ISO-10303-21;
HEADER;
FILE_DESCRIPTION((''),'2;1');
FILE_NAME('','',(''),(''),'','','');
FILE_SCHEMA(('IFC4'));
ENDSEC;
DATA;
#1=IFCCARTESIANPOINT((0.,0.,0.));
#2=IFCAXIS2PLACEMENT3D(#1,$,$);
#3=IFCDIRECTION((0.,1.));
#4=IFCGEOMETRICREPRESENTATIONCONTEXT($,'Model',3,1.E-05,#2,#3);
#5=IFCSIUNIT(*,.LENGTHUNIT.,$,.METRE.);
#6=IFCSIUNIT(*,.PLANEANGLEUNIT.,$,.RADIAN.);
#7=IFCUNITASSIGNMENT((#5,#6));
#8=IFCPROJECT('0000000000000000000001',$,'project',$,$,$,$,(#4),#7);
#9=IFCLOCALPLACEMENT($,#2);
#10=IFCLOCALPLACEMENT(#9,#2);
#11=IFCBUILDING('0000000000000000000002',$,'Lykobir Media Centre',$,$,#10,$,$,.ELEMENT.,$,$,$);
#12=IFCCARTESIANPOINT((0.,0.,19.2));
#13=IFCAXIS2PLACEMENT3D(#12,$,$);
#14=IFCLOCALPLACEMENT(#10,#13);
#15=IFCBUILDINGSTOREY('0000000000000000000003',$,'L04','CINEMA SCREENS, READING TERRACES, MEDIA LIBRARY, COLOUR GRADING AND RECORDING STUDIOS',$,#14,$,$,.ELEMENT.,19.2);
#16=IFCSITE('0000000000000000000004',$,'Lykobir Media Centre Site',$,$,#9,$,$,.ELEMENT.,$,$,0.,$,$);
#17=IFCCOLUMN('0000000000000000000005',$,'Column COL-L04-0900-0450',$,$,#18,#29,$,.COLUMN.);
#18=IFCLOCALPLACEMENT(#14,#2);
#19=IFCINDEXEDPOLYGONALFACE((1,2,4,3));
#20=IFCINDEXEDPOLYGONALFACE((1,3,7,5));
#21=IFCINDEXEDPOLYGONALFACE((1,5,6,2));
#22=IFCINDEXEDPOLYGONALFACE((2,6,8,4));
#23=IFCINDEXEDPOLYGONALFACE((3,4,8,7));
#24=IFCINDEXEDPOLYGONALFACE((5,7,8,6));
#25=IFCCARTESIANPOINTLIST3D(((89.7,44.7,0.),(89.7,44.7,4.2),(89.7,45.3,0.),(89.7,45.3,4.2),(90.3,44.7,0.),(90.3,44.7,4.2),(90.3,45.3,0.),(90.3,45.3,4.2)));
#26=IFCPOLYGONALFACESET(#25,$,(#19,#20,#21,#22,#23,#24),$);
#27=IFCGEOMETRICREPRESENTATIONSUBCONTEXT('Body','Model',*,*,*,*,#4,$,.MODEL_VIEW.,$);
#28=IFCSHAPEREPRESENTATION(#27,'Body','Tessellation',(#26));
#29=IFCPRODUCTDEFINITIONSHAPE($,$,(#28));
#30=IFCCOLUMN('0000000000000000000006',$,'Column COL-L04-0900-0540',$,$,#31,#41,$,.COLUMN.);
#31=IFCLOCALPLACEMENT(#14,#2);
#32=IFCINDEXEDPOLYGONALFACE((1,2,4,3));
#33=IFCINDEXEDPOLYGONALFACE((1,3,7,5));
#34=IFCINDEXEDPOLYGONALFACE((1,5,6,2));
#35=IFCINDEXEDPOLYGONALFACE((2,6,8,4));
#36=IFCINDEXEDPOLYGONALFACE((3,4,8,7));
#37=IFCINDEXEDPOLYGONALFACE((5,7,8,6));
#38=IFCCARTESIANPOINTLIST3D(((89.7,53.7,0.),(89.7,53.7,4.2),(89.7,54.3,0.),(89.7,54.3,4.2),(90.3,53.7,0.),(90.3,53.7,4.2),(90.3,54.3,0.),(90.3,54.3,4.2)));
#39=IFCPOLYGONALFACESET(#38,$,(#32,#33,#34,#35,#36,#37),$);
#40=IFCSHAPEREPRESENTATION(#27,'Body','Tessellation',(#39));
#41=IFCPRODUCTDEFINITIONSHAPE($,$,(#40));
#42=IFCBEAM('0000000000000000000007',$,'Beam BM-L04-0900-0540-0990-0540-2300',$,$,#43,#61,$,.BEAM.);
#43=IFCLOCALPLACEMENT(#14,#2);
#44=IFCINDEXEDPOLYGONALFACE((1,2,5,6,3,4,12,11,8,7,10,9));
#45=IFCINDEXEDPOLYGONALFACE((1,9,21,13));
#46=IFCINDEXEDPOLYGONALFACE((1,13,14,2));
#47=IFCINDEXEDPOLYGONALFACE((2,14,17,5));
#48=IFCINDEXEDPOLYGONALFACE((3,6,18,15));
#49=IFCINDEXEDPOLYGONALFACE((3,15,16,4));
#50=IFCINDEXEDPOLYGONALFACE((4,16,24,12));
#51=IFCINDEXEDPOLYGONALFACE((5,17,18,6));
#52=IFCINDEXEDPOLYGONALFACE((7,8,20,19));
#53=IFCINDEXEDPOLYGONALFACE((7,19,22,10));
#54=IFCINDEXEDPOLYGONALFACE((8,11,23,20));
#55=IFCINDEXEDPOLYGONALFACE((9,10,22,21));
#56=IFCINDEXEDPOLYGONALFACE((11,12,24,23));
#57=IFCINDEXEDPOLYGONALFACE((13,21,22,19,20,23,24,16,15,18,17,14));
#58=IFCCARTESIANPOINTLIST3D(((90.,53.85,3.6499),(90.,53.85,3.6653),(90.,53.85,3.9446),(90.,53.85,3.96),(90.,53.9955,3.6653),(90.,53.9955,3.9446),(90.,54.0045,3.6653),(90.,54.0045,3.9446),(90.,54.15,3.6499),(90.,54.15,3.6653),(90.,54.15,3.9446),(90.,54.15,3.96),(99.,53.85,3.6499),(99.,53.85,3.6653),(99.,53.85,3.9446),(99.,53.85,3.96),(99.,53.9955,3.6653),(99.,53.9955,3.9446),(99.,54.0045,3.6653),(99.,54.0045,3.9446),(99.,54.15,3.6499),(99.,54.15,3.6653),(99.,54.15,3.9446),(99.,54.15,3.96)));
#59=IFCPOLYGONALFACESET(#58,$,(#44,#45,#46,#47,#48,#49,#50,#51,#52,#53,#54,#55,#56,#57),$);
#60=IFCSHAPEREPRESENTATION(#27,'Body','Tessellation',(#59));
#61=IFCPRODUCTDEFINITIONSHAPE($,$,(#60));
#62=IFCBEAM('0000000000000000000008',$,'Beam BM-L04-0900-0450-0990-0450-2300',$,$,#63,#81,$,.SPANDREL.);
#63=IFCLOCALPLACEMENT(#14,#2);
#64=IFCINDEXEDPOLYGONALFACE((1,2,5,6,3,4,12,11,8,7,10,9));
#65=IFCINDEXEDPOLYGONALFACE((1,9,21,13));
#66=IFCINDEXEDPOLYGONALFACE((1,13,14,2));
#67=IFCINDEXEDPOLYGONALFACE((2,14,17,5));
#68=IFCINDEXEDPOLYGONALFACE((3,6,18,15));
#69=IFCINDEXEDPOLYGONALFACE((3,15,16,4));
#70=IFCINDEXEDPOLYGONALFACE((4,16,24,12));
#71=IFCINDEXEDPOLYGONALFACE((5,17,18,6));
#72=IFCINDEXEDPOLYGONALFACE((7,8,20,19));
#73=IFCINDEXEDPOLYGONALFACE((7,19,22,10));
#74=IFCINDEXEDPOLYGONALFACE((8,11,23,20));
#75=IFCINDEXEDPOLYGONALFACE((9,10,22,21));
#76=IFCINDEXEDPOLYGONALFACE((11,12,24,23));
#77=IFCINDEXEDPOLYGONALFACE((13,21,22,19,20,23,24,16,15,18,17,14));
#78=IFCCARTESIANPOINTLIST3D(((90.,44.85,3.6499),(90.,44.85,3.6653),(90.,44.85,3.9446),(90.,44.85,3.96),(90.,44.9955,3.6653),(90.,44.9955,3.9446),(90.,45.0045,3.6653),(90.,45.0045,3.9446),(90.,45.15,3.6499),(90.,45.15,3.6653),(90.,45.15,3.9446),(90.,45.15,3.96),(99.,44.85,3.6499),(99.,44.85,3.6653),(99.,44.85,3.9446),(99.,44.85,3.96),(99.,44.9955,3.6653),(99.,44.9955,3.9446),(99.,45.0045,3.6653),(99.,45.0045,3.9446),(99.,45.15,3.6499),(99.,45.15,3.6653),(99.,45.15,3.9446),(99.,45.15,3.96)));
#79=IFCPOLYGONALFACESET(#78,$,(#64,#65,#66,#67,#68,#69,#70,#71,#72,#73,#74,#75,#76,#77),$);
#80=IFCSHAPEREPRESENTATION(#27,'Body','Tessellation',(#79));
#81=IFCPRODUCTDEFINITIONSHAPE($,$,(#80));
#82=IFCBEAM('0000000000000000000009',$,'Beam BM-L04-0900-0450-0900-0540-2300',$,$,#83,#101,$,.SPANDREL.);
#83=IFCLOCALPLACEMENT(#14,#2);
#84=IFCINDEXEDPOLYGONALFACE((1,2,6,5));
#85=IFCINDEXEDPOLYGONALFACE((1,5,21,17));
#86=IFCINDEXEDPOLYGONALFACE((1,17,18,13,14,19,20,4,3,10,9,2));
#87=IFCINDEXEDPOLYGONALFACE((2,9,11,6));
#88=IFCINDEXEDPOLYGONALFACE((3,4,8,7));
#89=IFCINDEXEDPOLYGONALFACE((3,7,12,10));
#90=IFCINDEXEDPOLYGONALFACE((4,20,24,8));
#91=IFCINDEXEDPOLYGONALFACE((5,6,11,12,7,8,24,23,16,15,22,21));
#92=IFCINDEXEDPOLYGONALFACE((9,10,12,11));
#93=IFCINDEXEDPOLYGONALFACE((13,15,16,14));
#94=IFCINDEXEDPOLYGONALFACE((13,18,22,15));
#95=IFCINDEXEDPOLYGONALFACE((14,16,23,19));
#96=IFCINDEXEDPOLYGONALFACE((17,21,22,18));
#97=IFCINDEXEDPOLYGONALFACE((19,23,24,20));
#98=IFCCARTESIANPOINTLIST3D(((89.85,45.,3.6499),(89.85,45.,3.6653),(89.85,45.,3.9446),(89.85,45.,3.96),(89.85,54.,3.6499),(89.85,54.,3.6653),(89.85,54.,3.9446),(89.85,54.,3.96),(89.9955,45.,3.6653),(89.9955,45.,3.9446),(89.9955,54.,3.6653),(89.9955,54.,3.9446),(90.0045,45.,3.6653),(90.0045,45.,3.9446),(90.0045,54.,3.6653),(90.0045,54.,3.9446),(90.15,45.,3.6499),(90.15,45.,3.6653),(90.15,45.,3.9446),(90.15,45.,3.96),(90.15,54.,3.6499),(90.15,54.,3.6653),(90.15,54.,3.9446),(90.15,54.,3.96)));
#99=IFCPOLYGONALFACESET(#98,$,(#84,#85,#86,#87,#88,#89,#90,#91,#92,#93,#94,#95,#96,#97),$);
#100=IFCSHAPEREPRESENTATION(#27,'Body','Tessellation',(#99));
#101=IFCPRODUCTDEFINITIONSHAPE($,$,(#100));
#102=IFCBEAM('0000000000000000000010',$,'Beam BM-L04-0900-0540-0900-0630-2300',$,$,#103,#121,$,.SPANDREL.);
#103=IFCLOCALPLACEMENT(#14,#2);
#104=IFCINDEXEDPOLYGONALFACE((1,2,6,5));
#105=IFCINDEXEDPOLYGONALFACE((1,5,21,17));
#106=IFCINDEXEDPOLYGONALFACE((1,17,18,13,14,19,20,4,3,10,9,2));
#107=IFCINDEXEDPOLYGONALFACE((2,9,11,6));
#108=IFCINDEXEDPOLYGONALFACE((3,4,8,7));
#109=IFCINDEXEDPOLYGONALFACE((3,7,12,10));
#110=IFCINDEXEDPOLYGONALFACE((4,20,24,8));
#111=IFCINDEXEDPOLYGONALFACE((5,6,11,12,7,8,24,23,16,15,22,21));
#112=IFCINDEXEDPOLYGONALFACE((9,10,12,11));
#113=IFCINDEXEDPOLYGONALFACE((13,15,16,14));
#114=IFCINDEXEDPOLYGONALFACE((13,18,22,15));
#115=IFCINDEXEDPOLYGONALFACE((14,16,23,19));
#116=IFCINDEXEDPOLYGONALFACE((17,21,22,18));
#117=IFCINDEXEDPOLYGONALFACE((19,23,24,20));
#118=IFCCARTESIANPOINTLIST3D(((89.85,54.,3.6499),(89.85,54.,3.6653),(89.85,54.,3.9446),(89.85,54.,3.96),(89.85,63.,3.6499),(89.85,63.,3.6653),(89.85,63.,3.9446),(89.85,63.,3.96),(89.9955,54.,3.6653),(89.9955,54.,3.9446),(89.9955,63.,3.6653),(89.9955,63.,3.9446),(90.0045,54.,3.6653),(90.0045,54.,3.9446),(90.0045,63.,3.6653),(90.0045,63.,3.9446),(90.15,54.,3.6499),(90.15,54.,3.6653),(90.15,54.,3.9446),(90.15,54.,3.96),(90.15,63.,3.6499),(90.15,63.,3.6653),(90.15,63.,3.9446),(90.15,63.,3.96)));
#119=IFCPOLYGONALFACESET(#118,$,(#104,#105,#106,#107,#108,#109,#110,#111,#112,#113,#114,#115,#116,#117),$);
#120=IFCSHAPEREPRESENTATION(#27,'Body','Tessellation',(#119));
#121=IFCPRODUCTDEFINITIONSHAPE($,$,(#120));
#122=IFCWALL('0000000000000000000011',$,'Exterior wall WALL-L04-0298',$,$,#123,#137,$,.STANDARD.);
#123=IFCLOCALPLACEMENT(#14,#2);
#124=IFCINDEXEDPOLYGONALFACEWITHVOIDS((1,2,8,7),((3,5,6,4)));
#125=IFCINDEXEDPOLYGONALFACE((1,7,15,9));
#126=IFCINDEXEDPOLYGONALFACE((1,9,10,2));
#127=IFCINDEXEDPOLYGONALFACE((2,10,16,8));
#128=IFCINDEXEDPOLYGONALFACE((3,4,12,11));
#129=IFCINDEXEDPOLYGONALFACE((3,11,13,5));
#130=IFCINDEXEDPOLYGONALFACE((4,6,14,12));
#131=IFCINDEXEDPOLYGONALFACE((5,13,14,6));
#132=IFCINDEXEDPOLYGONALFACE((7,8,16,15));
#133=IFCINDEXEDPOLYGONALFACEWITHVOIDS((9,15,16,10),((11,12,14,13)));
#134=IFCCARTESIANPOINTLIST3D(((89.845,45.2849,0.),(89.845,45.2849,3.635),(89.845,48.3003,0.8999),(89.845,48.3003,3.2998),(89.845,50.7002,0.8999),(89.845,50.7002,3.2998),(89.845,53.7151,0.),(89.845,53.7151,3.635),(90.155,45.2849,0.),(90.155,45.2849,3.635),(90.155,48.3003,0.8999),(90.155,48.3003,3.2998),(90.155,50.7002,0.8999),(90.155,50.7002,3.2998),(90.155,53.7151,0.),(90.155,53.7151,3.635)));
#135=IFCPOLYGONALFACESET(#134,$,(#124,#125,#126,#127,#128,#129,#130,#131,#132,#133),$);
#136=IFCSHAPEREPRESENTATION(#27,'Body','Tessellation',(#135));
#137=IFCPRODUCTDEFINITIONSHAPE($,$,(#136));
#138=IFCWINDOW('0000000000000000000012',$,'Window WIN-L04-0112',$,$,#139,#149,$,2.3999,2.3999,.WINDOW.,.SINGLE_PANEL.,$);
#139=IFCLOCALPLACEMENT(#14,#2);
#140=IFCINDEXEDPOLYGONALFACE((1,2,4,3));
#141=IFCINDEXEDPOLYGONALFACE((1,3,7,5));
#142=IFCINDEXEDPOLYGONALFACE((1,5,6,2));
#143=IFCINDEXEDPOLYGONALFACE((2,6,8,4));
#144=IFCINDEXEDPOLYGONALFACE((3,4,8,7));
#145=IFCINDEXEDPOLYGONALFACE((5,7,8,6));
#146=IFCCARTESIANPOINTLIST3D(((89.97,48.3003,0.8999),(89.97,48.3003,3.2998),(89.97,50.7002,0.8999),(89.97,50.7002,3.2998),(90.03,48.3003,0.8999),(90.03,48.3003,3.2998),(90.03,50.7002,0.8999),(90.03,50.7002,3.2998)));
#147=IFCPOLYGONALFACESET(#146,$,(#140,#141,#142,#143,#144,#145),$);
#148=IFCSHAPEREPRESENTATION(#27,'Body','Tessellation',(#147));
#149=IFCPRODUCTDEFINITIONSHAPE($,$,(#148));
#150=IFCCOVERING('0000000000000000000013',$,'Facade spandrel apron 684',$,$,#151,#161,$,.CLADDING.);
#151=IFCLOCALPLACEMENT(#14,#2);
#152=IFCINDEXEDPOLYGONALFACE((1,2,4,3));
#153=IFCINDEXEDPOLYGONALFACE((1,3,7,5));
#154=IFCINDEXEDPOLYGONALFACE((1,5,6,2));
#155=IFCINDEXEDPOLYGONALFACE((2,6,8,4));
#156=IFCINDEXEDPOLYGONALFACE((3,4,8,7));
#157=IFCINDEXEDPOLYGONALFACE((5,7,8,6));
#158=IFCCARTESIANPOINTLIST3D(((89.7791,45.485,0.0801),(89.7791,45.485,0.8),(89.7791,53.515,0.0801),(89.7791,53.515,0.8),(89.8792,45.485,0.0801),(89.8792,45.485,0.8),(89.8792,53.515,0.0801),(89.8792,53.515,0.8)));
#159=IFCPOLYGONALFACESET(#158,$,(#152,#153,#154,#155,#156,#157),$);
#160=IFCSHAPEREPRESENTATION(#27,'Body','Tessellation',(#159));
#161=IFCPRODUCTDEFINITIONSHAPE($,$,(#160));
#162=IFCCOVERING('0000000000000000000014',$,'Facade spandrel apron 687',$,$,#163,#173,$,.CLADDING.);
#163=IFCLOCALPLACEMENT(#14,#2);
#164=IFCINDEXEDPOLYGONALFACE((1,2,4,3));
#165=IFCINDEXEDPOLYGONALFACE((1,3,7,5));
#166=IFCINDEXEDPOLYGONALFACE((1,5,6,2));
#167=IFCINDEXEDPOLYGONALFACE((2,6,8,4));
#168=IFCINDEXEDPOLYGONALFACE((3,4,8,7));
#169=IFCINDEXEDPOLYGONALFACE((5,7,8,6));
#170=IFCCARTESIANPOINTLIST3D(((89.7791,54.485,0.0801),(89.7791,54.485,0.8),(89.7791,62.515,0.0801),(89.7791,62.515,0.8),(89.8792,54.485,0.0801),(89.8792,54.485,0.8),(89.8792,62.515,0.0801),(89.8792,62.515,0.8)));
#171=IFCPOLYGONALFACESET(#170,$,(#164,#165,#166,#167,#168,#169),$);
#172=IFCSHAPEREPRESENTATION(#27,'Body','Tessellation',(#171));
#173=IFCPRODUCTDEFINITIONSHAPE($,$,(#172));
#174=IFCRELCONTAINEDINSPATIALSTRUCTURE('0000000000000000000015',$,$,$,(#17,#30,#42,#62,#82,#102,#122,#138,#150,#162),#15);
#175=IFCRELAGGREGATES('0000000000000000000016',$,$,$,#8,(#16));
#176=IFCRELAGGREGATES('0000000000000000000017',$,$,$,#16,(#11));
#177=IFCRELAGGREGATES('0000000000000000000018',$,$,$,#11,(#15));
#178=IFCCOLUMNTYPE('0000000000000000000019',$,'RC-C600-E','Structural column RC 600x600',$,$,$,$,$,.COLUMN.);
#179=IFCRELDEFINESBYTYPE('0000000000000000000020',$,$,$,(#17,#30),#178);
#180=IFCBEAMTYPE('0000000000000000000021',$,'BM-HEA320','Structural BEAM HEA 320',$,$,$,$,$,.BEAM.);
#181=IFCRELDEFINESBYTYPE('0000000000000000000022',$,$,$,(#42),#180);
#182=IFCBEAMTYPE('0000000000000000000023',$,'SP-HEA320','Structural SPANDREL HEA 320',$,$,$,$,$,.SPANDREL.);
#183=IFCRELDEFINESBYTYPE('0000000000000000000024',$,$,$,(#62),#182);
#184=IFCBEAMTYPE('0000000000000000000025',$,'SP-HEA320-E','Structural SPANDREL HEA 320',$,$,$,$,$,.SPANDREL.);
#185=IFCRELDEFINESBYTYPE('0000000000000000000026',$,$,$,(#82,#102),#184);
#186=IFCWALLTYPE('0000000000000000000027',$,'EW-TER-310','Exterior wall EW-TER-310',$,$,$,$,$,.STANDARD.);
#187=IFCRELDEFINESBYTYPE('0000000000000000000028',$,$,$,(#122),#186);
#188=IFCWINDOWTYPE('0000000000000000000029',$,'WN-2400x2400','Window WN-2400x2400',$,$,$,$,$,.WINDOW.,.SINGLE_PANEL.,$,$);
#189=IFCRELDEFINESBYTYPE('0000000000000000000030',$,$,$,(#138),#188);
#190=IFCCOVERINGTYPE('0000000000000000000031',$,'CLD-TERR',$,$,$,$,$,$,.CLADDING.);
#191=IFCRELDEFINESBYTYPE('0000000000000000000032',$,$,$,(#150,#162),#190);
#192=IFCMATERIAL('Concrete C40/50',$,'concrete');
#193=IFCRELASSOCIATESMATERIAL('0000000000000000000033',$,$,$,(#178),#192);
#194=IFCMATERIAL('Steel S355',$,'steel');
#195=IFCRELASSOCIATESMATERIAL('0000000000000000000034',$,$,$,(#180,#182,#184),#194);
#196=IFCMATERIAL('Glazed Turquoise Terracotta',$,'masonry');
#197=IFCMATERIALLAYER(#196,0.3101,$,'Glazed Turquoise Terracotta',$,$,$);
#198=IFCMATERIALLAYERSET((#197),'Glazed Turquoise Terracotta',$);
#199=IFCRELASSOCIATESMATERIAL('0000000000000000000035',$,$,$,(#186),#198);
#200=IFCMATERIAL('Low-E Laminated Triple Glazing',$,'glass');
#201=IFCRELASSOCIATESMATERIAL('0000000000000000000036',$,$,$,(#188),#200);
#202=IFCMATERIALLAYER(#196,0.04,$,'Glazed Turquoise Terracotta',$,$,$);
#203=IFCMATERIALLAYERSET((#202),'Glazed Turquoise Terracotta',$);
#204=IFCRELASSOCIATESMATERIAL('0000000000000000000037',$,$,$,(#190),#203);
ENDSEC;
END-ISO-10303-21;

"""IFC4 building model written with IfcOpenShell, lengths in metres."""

from ifc_helpers import new_model, si_unit, direction, frame, frame_2d, origin, origin_2d, place, context, subcontext, project, spatial, rectangle, i_section, extrude, material, layer, layer_set, material_profile, profile_set, type_object, element, fill, save


model = new_model("IFC4")

# Units and contexts
model_context = context("Model", 3, precision=1e-05, world=origin(), true_north=direction((0.0, 1.0)))
body_context = subcontext(model_context, "Body", "Model", "MODEL_VIEW")
ifc_project = project(units=[si_unit("LENGTHUNIT", "METRE"), si_unit("PLANEANGLEUNIT", "RADIAN")], contexts=[model_context])

# Site, building, storey
site_placement = place(None, origin())
site = spatial("IfcSite", under=ifc_project, at=site_placement, Name="Lykobir Media Centre Site", CompositionType="ELEMENT", RefElevation=0.0)
building_placement = place(site_placement, origin())
building = spatial("IfcBuilding", under=site, at=building_placement, Name="Lykobir Media Centre", CompositionType="ELEMENT")
storey_placement = place(building_placement, frame((0.0, 0.0, 19.2)))
storey = spatial("IfcBuildingStorey", under=building, at=storey_placement, Name="L04", Description="CINEMA SCREENS, READING TERRACES, MEDIA LIBRARY, COLOUR GRADING AND RECORDING STUDIOS", CompositionType="ELEMENT", Elevation=19.2)

# Columns
ifc_material_1 = material(Name="Concrete C40/50", Category="concrete")
ifc_material_profile_1 = material_profile(ifc_material_1, rectangle(XDim=0.6001, YDim=0.6001, at=origin_2d()), Name="RC 600x600")
ifc_profile_set_1 = profile_set([ifc_material_profile_1], Name="Concrete C40/50")
column_type = type_object("IfcColumnType", Name="RC-C600-E", Description="Structural column RC 600x600", PredefinedType="COLUMN", material=ifc_profile_set_1)
for number, where, z_axis, x_axis, name in (
    (1, (90.0, 45.0, 0.0), (0.0, 0.0, 1.0), (1.0, 0.0, 0.0), "Column COL-L04-0900-0450"),
    (2, (90.0, 54.0, 0.0), (0.0, 0.0, 1.0), (1.0, 0.0, 0.0), "Column COL-L04-0900-0540"),
):
    element("IfcColumn", number, at=place(storey_placement, frame(where, z_axis=z_axis, x_axis=x_axis)), inside=storey, type_object=column_type, Name=name, PredefinedType="COLUMN", context=body_context, shape_type="SweptSolid", body=[
        extrude(rectangle(XDim=0.6001, YDim=0.6001, at=origin_2d()), origin(), (0.0, 0.0, 1.0), 4.2),
    ])

# Beams
ifc_material_2 = material(Name="Steel S355", Category="steel")
ifc_material_profile_2 = material_profile(ifc_material_2, i_section(OverallWidth=0.3, OverallDepth=0.3101, WebThickness=0.009, FlangeThickness=0.0154, at=origin_2d()), Name="HEA 320")
ifc_profile_set_2 = profile_set([ifc_material_profile_2], Name="Steel S355")
beam_type_1 = type_object("IfcBeamType", Name="BM-HEA320", Description="Structural BEAM HEA 320", PredefinedType="BEAM", material=ifc_profile_set_2)
beam_1_placement = place(storey_placement, frame((90.0, 54.0, 3.8049), z_axis=(1.0, 0.0, 0.0), x_axis=(0.0, 1.0, 0.0)))
element("IfcBeam", 3, at=beam_1_placement, inside=storey, type_object=beam_type_1, Name="Beam BM-L04-0900-0540-0990-0540-2300", PredefinedType="BEAM", context=body_context, shape_type="SweptSolid", body=[
    extrude(i_section(OverallWidth=0.3, OverallDepth=0.3101, WebThickness=0.009, FlangeThickness=0.0154, at=origin_2d()), origin(), (0.0, 0.0, 1.0), 9.0),
])
ifc_material_profile_3 = material_profile(ifc_material_2, i_section(OverallWidth=0.3, OverallDepth=0.3101, WebThickness=0.009, FlangeThickness=0.0154, at=origin_2d()), Name="HEA 320")
ifc_profile_set_3 = profile_set([ifc_material_profile_3], Name="Steel S355")
beam_type_2 = type_object("IfcBeamType", Name="SP-HEA320", Description="Structural SPANDREL HEA 320", PredefinedType="SPANDREL", material=ifc_profile_set_3)
beam_2_placement = place(storey_placement, frame((90.0, 45.0, 3.8049), z_axis=(1.0, 0.0, 0.0), x_axis=(0.0, 1.0, 0.0)))
element("IfcBeam", 4, at=beam_2_placement, inside=storey, type_object=beam_type_2, Name="Beam BM-L04-0900-0450-0990-0450-2300", PredefinedType="SPANDREL", context=body_context, shape_type="SweptSolid", body=[
    extrude(i_section(OverallWidth=0.3, OverallDepth=0.3101, WebThickness=0.009, FlangeThickness=0.0154, at=origin_2d()), origin(), (0.0, 0.0, 1.0), 9.0),
])
ifc_material_profile_4 = material_profile(ifc_material_2, i_section(OverallWidth=0.3, OverallDepth=0.3101, WebThickness=0.009, FlangeThickness=0.0154, at=origin_2d()), Name="HEA 320")
ifc_profile_set_4 = profile_set([ifc_material_profile_4], Name="Steel S355")
beam_type_3 = type_object("IfcBeamType", Name="SP-HEA320-E", Description="Structural SPANDREL HEA 320", PredefinedType="SPANDREL", material=ifc_profile_set_4)
for number, where, z_axis, x_axis, name in (
    (5, (90.0, 45.0, 3.8049), (0.0, 1.0, 0.0), (-1.0, 0.0, 0.0), "Beam BM-L04-0900-0450-0900-0540-2300"),
    (6, (90.0, 54.0, 3.8049), (0.0, 1.0, 0.0), (-1.0, 0.0, 0.0), "Beam BM-L04-0900-0540-0900-0630-2300"),
):
    element("IfcBeam", number, at=place(storey_placement, frame(where, z_axis=z_axis, x_axis=x_axis)), inside=storey, type_object=beam_type_3, Name=name, PredefinedType="SPANDREL", context=body_context, shape_type="SweptSolid", body=[
        extrude(i_section(OverallWidth=0.3, OverallDepth=0.3101, WebThickness=0.009, FlangeThickness=0.0154, at=origin_2d()), origin(), (0.0, 0.0, 1.0), 9.0),
    ])

# Wall, opening, window
ifc_material_3 = material(Name="Glazed Turquoise Terracotta", Category="masonry")
ifc_layer_1 = layer(ifc_material_3, 0.3101, Name="Glazed Turquoise Terracotta")
ifc_layer_set_1 = layer_set([ifc_layer_1], Name="Glazed Turquoise Terracotta")
wall_type = type_object("IfcWallType", Name="EW-TER-310", Description="Exterior wall EW-TER-310", PredefinedType="STANDARD", material=ifc_layer_set_1)
wall_placement = place(storey_placement, frame((90.0, 53.7151, 0.0), z_axis=(0.0, 0.0, 1.0), x_axis=(0.0, -1.0, 0.0)))
wall = element("IfcWall", 7, at=wall_placement, inside=storey, type_object=wall_type, Name="Exterior wall WALL-L04-0298", PredefinedType="STANDARD", context=body_context, shape_type="SweptSolid", body=[
    extrude(rectangle(XDim=8.4302, YDim=0.3101, at=frame_2d((4.2151, 0.0))), origin(), (0.0, 0.0, 1.0), 3.635),
])
opening_placement = place(wall_placement, frame((3.0149, 0.0, 0.8999)))
opening = element("IfcOpeningElement", 8, at=opening_placement, cuts=wall, PredefinedType="OPENING", context=body_context, shape_type="SweptSolid", body=[
    extrude(rectangle(XDim=2.3999, YDim=2.3999, at=frame_2d((1.2, 1.2))), frame((0.0, 0.165, 0.0), z_axis=(0.0, -1.0, 0.0), x_axis=(1.0, 0.0, 0.0)), (0.0, 0.0, 1.0), 0.3301),
])
ifc_material_4 = material(Name="Low-E Laminated Triple Glazing", Category="glass")
window_type = type_object("IfcWindowType", Name="WN-2400x2400", Description="Window WN-2400x2400", PartitioningType="SINGLE_PANEL", PredefinedType="WINDOW", material=ifc_material_4)
window_placement = place(opening_placement, origin())
window = element("IfcWindow", 9, at=window_placement, inside=storey, type_object=window_type, Name="Window WIN-L04-0112", OverallHeight=2.3999, OverallWidth=2.3999, PartitioningType="SINGLE_PANEL", PredefinedType="WINDOW", context=body_context, shape_type="SweptSolid", body=[
    extrude(rectangle(XDim=2.3999, YDim=2.3999, at=frame_2d((1.2, 1.2))), frame((0.0, 0.03, 0.0), z_axis=(0.0, -1.0, 0.0), x_axis=(1.0, 0.0, 0.0)), (0.0, 0.0, 1.0), 0.0601),
])
fill(opening, window)

# Coverings
ifc_layer_2 = layer(ifc_material_3, 0.04, Name="Glazed Turquoise Terracotta")
ifc_layer_set_2 = layer_set([ifc_layer_2], Name="Glazed Turquoise Terracotta")
covering_type_1 = type_object("IfcCoveringType", Name="CLD-TERR", PredefinedType="CLADDING", material=ifc_layer_set_2)
for number, where, z_axis, x_axis, name in (
    (10, (89.8291, 49.5, 0.0801), (0.0, 0.0, 1.0), (0.0, -1.0, 0.0), "Facade spandrel apron 684"),
    (11, (89.8291, 58.5, 0.0801), (0.0, 0.0, 1.0), (0.0, -1.0, 0.0), "Facade spandrel apron 687"),
):
    element("IfcCovering", number, at=place(storey_placement, frame(where, z_axis=z_axis, x_axis=x_axis)), inside=storey, type_object=covering_type_1, Name=name, PredefinedType="CLADDING", context=body_context, shape_type="SweptSolid", body=[
        extrude(rectangle(XDim=8.03, YDim=0.1001, at=origin_2d()), origin(), (0.0, 0.0, 1.0), 0.72),
    ])

save(model, "model.ifc")
